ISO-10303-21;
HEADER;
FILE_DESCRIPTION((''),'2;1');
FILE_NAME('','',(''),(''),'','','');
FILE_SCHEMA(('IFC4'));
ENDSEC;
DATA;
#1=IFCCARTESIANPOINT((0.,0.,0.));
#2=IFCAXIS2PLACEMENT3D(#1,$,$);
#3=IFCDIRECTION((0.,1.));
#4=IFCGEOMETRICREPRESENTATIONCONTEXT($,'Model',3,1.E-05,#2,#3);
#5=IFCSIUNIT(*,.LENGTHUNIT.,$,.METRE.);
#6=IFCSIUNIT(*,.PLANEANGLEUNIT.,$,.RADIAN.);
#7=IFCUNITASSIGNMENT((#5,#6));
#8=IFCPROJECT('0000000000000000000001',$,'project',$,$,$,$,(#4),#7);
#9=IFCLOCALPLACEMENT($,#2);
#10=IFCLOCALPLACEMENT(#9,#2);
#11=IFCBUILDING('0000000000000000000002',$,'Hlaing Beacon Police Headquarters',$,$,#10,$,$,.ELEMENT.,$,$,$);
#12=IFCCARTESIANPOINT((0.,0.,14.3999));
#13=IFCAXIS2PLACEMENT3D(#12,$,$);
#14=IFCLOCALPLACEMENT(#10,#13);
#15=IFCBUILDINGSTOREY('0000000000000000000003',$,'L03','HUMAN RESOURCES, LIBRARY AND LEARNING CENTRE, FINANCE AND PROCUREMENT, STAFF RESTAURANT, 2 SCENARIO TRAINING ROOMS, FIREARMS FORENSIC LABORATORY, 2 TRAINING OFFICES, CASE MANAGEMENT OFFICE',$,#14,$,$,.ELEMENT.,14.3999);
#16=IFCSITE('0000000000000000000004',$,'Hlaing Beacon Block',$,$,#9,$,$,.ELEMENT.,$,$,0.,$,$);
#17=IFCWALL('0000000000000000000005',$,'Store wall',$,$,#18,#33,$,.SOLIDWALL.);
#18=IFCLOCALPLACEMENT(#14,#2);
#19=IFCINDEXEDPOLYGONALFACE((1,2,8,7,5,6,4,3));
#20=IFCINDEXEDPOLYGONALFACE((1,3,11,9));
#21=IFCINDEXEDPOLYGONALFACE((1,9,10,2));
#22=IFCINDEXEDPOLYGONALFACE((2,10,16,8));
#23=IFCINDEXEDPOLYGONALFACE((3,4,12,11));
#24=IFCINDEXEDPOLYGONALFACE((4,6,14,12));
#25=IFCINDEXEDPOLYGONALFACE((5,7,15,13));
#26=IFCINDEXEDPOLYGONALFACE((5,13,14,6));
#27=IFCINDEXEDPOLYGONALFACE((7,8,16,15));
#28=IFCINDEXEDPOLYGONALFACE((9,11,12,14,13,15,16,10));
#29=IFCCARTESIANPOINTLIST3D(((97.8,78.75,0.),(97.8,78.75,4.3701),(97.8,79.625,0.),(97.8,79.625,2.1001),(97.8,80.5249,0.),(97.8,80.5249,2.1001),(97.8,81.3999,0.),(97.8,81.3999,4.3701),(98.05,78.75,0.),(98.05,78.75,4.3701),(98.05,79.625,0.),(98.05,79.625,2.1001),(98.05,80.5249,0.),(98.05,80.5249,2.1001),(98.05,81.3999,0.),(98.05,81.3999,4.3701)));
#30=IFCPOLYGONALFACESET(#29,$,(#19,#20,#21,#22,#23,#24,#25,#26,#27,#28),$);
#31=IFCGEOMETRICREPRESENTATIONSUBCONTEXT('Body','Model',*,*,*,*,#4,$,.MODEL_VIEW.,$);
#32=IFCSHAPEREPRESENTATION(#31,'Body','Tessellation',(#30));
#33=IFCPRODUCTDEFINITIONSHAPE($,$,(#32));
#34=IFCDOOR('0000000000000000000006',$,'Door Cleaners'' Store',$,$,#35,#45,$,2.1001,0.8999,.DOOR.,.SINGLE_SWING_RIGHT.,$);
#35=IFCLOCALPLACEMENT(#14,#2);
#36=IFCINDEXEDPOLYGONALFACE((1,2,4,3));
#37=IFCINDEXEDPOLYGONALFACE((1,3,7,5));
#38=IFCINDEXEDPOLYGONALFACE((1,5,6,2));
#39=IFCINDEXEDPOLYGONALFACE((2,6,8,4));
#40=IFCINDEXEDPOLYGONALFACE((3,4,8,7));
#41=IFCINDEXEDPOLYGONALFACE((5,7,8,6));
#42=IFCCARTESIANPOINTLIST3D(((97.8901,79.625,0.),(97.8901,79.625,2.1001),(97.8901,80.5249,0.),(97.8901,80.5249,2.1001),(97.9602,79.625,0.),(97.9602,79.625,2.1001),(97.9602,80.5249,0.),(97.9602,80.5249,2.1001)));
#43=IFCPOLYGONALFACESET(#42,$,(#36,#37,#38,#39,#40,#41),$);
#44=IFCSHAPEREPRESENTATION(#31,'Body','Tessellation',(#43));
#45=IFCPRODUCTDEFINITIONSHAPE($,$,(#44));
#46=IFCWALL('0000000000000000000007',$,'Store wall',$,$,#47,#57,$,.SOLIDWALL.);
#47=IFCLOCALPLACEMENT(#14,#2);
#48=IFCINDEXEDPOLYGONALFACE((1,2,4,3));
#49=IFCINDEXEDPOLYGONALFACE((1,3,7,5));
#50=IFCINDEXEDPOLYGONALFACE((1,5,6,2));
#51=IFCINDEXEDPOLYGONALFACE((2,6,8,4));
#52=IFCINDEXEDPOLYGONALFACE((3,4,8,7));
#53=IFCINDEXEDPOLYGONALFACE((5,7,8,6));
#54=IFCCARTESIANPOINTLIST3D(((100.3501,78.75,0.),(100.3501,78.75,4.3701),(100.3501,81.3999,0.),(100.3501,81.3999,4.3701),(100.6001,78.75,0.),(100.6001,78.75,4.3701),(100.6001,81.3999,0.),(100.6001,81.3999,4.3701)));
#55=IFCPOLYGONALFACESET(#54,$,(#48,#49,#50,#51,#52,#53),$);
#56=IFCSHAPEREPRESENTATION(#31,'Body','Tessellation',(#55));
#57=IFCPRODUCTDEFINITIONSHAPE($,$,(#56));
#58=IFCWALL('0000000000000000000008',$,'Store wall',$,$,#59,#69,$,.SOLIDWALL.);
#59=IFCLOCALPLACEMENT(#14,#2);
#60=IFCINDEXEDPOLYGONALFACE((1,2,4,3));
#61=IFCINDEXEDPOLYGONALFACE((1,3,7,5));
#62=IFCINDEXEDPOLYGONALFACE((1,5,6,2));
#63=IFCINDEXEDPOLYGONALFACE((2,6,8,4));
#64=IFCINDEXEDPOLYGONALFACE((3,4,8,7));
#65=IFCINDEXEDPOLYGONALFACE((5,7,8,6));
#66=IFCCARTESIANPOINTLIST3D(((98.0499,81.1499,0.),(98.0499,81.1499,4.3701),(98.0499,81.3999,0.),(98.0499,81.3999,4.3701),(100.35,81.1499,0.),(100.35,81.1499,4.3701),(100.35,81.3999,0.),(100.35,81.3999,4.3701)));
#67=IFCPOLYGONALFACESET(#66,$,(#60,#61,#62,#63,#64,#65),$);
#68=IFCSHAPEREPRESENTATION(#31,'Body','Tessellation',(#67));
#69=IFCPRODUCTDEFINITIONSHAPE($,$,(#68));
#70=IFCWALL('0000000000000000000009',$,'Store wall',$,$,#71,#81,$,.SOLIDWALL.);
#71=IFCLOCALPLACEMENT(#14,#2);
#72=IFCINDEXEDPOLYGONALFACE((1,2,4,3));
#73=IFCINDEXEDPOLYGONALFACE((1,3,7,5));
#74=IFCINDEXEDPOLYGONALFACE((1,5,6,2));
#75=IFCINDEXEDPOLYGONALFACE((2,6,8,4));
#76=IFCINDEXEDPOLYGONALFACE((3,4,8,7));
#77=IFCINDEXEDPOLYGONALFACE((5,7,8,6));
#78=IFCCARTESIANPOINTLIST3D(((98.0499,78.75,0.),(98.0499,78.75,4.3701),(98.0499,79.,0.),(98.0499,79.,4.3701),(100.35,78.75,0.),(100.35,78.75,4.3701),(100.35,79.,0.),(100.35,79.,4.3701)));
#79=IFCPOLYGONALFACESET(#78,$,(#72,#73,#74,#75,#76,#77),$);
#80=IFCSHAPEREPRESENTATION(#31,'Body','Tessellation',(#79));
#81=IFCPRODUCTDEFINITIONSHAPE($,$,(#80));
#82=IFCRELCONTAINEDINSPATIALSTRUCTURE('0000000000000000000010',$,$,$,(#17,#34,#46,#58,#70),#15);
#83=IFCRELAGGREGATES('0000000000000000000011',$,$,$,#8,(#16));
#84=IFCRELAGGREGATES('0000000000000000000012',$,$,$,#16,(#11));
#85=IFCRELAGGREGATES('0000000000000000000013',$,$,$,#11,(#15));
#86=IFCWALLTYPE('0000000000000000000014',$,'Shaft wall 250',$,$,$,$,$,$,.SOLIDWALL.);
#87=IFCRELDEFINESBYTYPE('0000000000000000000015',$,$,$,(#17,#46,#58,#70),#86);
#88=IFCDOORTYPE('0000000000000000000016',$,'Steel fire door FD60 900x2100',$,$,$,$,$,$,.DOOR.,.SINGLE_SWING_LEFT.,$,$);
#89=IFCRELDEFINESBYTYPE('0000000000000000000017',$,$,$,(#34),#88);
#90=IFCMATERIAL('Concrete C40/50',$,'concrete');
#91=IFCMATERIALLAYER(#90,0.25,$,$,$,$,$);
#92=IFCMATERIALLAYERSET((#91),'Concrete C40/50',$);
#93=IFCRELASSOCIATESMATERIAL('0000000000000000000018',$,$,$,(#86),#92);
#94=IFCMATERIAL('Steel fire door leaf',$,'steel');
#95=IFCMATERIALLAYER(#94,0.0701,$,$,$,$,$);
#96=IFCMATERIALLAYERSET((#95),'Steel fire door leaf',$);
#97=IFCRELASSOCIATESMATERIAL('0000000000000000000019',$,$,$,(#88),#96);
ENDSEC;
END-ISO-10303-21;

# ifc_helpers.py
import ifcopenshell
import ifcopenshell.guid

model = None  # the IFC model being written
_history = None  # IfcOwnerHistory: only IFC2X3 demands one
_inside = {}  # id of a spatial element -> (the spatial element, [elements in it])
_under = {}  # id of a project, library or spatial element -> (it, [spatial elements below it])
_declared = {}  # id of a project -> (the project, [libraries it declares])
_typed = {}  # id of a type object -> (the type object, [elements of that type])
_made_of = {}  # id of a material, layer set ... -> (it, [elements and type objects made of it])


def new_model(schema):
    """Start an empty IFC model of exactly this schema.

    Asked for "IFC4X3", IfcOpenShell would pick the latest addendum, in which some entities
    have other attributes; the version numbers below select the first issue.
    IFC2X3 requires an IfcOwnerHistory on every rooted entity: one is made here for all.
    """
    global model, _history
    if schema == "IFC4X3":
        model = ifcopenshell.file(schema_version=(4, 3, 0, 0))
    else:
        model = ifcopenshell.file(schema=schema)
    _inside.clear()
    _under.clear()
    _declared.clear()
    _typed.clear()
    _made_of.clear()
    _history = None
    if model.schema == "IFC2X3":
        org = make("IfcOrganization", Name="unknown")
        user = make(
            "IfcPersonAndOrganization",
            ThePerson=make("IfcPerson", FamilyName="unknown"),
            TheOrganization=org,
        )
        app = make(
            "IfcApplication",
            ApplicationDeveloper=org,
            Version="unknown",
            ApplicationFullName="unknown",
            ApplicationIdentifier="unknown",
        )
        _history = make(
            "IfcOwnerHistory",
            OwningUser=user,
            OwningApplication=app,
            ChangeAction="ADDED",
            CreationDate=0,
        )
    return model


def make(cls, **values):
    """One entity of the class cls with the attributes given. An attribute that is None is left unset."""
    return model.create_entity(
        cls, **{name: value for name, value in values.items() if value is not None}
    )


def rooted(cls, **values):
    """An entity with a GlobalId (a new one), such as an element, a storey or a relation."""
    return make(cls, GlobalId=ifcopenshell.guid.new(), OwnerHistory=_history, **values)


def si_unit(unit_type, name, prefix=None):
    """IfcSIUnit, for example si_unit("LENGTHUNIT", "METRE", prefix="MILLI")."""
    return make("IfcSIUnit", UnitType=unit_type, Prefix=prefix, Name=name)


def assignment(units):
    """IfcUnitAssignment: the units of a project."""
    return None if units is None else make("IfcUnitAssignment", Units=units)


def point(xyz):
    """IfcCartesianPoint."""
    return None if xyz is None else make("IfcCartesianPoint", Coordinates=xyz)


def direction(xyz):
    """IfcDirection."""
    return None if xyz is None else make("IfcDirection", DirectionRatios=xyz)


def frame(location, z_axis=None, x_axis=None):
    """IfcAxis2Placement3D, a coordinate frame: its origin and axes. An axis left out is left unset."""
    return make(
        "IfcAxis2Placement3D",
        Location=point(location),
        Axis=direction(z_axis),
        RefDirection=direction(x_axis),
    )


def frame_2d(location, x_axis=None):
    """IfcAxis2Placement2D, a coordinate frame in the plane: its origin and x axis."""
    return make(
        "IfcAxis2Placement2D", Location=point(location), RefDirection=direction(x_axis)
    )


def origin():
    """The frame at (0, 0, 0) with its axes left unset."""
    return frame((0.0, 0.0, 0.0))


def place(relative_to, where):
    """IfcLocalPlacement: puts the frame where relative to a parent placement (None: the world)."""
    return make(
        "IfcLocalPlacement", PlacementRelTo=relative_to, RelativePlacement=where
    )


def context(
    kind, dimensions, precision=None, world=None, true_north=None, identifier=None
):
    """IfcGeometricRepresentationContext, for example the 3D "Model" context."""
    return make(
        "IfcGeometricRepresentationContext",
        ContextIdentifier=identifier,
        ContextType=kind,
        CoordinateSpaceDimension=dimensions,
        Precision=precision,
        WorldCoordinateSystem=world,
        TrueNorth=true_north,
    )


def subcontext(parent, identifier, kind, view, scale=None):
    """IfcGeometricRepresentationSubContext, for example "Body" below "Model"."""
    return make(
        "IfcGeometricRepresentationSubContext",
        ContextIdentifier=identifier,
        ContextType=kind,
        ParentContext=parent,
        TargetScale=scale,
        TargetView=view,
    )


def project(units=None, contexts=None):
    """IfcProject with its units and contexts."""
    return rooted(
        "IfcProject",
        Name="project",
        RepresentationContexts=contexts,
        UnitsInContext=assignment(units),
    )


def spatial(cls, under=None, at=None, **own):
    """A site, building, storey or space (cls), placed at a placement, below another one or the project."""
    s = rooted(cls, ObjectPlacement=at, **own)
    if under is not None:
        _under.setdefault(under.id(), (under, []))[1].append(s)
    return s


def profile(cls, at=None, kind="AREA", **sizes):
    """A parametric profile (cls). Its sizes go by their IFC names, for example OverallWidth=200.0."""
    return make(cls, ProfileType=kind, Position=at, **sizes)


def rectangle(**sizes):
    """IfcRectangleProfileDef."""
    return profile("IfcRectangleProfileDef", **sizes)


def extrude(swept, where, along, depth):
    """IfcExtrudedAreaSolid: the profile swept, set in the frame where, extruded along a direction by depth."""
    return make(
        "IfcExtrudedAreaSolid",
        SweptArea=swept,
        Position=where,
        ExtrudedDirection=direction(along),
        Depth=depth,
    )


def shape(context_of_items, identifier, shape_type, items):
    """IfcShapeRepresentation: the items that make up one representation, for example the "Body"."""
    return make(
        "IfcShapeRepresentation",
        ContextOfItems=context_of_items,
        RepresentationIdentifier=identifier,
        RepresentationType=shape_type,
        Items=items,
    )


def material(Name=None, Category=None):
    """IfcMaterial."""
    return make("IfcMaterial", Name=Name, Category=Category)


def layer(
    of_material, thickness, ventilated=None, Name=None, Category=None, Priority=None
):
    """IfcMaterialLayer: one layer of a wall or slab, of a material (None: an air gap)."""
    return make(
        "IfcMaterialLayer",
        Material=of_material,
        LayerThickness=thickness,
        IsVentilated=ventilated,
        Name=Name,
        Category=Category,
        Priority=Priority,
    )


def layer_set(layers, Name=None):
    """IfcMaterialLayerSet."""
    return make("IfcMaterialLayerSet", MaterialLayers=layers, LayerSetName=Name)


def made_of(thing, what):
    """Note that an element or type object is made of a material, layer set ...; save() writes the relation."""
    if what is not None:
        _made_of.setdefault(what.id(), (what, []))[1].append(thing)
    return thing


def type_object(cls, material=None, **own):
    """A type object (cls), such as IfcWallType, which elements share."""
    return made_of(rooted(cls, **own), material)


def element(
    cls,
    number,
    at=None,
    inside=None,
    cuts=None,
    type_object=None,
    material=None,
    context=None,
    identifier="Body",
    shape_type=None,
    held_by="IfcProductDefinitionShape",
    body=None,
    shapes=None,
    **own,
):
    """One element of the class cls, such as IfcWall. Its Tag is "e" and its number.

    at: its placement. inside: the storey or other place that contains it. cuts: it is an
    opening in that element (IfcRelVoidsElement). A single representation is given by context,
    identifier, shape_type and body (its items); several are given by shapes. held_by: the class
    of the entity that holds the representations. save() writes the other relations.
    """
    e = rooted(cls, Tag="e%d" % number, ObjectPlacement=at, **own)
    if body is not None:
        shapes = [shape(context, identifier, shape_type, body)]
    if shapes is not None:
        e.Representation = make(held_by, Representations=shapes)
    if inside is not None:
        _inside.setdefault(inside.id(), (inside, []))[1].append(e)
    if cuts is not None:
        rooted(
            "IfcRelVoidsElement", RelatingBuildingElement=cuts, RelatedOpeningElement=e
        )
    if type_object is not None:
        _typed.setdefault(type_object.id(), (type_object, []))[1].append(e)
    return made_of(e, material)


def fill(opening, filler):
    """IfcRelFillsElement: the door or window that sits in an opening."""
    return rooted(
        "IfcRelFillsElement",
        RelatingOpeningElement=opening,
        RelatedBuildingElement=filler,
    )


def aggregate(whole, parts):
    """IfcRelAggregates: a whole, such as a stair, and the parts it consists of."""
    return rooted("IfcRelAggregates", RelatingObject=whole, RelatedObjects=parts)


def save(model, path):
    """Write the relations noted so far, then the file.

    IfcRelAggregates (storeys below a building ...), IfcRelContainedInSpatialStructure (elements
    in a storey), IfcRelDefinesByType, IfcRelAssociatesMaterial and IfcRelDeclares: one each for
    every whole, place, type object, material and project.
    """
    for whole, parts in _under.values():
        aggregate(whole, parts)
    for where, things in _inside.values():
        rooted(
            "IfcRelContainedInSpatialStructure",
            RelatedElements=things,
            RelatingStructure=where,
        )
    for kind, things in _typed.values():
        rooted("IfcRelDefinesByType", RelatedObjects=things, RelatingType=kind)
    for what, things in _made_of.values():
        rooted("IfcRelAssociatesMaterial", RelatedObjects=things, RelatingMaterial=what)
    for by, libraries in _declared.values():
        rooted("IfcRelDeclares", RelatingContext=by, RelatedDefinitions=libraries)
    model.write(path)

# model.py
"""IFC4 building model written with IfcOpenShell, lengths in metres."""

from ifc_helpers import new_model, si_unit, direction, frame, frame_2d, origin, place, context, subcontext, project, spatial, rectangle, extrude, material, layer, layer_set, type_object, element, fill, save


model = new_model("IFC4")

# Units and contexts
model_context = context("Model", 3, precision=1e-05, world=origin(), true_north=direction((0.0, 1.0)))
body_context = subcontext(model_context, "Body", "Model", "MODEL_VIEW")
ifc_project = project(units=[si_unit("LENGTHUNIT", "METRE"), si_unit("PLANEANGLEUNIT", "RADIAN")], contexts=[model_context])

# Site, building, storey
site_placement = place(None, origin())
site = spatial("IfcSite", under=ifc_project, at=site_placement, Name="Hlaing Beacon Block", CompositionType="ELEMENT", RefElevation=0.0)
building_placement = place(site_placement, origin())
building = spatial("IfcBuilding", under=site, at=building_placement, Name="Hlaing Beacon Police Headquarters", CompositionType="ELEMENT")
storey_placement = place(building_placement, frame((0.0, 0.0, 14.3999)))
storey = spatial("IfcBuildingStorey", under=building, at=storey_placement, Name="L03", Description="HUMAN RESOURCES, LIBRARY AND LEARNING CENTRE, FINANCE AND PROCUREMENT, STAFF RESTAURANT, 2 SCENARIO TRAINING ROOMS, FIREARMS FORENSIC LABORATORY, 2 TRAINING OFFICES, CASE MANAGEMENT OFFICE", CompositionType="ELEMENT", Elevation=14.3999)

# Wall, opening, door
ifc_material_1 = material(Name="Concrete C40/50", Category="concrete")
ifc_layer_1 = layer(ifc_material_1, 0.25)
ifc_layer_set_1 = layer_set([ifc_layer_1], Name="Concrete C40/50")
wall_type_1 = type_object("IfcWallType", Name="Shaft wall 250", PredefinedType="SOLIDWALL", material=ifc_layer_set_1)
wall_1_placement = place(storey_placement, frame((97.925, 81.3999, 0.0), z_axis=(0.0, 0.0, 1.0), x_axis=(0.0, -1.0, 0.0)))
wall_1 = element("IfcWall", 1, at=wall_1_placement, inside=storey, type_object=wall_type_1, Name="Store wall", PredefinedType="SOLIDWALL", context=body_context, shape_type="SweptSolid", body=[
    extrude(rectangle(XDim=2.6499, YDim=0.25, at=frame_2d((1.325, 0.0))), origin(), (0.0, 0.0, 1.0), 4.3701),
])
opening_1_placement = place(wall_1_placement, frame((0.875, 0.0, 0.0)))
opening_1 = element("IfcOpeningElement", 2, at=opening_1_placement, cuts=wall_1, PredefinedType="OPENING", context=body_context, shape_type="SweptSolid", body=[
    extrude(rectangle(XDim=0.8999, YDim=2.1001, at=frame_2d((0.45, 1.05))), frame((0.0, 0.135, 0.0), z_axis=(0.0, -1.0, 0.0), x_axis=(1.0, 0.0, 0.0)), (0.0, 0.0, 1.0), 0.27),
])
ifc_material_2 = material(Name="Steel fire door leaf", Category="steel")
ifc_layer_2 = layer(ifc_material_2, 0.0701)
ifc_layer_set_2 = layer_set([ifc_layer_2], Name="Steel fire door leaf")
door_type_1 = type_object("IfcDoorType", Name="Steel fire door FD60 900x2100", OperationType="SINGLE_SWING_LEFT", PredefinedType="DOOR", material=ifc_layer_set_2)
door_1_placement = place(opening_1_placement, origin())
door_1 = element("IfcDoor", 3, at=door_1_placement, inside=storey, type_object=door_type_1, Name="Door Cleaners' Store", OperationType="SINGLE_SWING_RIGHT", OverallHeight=2.1001, OverallWidth=0.8999, PredefinedType="DOOR", context=body_context, shape_type="SweptSolid", body=[
    extrude(rectangle(XDim=0.8999, YDim=2.1001, at=frame_2d((0.45, 1.05))), frame((0.0, 0.0352, 0.0), z_axis=(0.0, -1.0, 0.0), x_axis=(1.0, 0.0, 0.0)), (0.0, 0.0, 1.0), 0.0701),
])
fill(opening_1, door_1)

# Walls
wall_2_placement = place(storey_placement, frame((100.4751, 81.3999, 0.0), z_axis=(0.0, 0.0, 1.0), x_axis=(0.0, -1.0, 0.0)))
element("IfcWall", 4, at=wall_2_placement, inside=storey, type_object=wall_type_1, Name="Store wall", PredefinedType="SOLIDWALL", context=body_context, shape_type="SweptSolid", body=[
    extrude(rectangle(XDim=2.6499, YDim=0.25, at=frame_2d((1.325, 0.0))), origin(), (0.0, 0.0, 1.0), 4.3701),
])
for number, where, z_axis, x_axis, name in (
    (5, (98.05, 81.2749, 0.0), (0.0, 0.0, 1.0), (1.0, 0.0, 0.0), "Store wall"),
    (6, (98.05, 78.875, 0.0), (0.0, 0.0, 1.0), (1.0, 0.0, 0.0), "Store wall"),
):
    element("IfcWall", number, at=place(storey_placement, frame(where, z_axis=z_axis, x_axis=x_axis)), inside=storey, type_object=wall_type_1, Name=name, PredefinedType="SOLIDWALL", context=body_context, shape_type="SweptSolid", body=[
        extrude(rectangle(XDim=2.3, YDim=0.25, at=frame_2d((1.1499, 0.0))), origin(), (0.0, 0.0, 1.0), 4.3701),
    ])

save(model, "model.ifc")
